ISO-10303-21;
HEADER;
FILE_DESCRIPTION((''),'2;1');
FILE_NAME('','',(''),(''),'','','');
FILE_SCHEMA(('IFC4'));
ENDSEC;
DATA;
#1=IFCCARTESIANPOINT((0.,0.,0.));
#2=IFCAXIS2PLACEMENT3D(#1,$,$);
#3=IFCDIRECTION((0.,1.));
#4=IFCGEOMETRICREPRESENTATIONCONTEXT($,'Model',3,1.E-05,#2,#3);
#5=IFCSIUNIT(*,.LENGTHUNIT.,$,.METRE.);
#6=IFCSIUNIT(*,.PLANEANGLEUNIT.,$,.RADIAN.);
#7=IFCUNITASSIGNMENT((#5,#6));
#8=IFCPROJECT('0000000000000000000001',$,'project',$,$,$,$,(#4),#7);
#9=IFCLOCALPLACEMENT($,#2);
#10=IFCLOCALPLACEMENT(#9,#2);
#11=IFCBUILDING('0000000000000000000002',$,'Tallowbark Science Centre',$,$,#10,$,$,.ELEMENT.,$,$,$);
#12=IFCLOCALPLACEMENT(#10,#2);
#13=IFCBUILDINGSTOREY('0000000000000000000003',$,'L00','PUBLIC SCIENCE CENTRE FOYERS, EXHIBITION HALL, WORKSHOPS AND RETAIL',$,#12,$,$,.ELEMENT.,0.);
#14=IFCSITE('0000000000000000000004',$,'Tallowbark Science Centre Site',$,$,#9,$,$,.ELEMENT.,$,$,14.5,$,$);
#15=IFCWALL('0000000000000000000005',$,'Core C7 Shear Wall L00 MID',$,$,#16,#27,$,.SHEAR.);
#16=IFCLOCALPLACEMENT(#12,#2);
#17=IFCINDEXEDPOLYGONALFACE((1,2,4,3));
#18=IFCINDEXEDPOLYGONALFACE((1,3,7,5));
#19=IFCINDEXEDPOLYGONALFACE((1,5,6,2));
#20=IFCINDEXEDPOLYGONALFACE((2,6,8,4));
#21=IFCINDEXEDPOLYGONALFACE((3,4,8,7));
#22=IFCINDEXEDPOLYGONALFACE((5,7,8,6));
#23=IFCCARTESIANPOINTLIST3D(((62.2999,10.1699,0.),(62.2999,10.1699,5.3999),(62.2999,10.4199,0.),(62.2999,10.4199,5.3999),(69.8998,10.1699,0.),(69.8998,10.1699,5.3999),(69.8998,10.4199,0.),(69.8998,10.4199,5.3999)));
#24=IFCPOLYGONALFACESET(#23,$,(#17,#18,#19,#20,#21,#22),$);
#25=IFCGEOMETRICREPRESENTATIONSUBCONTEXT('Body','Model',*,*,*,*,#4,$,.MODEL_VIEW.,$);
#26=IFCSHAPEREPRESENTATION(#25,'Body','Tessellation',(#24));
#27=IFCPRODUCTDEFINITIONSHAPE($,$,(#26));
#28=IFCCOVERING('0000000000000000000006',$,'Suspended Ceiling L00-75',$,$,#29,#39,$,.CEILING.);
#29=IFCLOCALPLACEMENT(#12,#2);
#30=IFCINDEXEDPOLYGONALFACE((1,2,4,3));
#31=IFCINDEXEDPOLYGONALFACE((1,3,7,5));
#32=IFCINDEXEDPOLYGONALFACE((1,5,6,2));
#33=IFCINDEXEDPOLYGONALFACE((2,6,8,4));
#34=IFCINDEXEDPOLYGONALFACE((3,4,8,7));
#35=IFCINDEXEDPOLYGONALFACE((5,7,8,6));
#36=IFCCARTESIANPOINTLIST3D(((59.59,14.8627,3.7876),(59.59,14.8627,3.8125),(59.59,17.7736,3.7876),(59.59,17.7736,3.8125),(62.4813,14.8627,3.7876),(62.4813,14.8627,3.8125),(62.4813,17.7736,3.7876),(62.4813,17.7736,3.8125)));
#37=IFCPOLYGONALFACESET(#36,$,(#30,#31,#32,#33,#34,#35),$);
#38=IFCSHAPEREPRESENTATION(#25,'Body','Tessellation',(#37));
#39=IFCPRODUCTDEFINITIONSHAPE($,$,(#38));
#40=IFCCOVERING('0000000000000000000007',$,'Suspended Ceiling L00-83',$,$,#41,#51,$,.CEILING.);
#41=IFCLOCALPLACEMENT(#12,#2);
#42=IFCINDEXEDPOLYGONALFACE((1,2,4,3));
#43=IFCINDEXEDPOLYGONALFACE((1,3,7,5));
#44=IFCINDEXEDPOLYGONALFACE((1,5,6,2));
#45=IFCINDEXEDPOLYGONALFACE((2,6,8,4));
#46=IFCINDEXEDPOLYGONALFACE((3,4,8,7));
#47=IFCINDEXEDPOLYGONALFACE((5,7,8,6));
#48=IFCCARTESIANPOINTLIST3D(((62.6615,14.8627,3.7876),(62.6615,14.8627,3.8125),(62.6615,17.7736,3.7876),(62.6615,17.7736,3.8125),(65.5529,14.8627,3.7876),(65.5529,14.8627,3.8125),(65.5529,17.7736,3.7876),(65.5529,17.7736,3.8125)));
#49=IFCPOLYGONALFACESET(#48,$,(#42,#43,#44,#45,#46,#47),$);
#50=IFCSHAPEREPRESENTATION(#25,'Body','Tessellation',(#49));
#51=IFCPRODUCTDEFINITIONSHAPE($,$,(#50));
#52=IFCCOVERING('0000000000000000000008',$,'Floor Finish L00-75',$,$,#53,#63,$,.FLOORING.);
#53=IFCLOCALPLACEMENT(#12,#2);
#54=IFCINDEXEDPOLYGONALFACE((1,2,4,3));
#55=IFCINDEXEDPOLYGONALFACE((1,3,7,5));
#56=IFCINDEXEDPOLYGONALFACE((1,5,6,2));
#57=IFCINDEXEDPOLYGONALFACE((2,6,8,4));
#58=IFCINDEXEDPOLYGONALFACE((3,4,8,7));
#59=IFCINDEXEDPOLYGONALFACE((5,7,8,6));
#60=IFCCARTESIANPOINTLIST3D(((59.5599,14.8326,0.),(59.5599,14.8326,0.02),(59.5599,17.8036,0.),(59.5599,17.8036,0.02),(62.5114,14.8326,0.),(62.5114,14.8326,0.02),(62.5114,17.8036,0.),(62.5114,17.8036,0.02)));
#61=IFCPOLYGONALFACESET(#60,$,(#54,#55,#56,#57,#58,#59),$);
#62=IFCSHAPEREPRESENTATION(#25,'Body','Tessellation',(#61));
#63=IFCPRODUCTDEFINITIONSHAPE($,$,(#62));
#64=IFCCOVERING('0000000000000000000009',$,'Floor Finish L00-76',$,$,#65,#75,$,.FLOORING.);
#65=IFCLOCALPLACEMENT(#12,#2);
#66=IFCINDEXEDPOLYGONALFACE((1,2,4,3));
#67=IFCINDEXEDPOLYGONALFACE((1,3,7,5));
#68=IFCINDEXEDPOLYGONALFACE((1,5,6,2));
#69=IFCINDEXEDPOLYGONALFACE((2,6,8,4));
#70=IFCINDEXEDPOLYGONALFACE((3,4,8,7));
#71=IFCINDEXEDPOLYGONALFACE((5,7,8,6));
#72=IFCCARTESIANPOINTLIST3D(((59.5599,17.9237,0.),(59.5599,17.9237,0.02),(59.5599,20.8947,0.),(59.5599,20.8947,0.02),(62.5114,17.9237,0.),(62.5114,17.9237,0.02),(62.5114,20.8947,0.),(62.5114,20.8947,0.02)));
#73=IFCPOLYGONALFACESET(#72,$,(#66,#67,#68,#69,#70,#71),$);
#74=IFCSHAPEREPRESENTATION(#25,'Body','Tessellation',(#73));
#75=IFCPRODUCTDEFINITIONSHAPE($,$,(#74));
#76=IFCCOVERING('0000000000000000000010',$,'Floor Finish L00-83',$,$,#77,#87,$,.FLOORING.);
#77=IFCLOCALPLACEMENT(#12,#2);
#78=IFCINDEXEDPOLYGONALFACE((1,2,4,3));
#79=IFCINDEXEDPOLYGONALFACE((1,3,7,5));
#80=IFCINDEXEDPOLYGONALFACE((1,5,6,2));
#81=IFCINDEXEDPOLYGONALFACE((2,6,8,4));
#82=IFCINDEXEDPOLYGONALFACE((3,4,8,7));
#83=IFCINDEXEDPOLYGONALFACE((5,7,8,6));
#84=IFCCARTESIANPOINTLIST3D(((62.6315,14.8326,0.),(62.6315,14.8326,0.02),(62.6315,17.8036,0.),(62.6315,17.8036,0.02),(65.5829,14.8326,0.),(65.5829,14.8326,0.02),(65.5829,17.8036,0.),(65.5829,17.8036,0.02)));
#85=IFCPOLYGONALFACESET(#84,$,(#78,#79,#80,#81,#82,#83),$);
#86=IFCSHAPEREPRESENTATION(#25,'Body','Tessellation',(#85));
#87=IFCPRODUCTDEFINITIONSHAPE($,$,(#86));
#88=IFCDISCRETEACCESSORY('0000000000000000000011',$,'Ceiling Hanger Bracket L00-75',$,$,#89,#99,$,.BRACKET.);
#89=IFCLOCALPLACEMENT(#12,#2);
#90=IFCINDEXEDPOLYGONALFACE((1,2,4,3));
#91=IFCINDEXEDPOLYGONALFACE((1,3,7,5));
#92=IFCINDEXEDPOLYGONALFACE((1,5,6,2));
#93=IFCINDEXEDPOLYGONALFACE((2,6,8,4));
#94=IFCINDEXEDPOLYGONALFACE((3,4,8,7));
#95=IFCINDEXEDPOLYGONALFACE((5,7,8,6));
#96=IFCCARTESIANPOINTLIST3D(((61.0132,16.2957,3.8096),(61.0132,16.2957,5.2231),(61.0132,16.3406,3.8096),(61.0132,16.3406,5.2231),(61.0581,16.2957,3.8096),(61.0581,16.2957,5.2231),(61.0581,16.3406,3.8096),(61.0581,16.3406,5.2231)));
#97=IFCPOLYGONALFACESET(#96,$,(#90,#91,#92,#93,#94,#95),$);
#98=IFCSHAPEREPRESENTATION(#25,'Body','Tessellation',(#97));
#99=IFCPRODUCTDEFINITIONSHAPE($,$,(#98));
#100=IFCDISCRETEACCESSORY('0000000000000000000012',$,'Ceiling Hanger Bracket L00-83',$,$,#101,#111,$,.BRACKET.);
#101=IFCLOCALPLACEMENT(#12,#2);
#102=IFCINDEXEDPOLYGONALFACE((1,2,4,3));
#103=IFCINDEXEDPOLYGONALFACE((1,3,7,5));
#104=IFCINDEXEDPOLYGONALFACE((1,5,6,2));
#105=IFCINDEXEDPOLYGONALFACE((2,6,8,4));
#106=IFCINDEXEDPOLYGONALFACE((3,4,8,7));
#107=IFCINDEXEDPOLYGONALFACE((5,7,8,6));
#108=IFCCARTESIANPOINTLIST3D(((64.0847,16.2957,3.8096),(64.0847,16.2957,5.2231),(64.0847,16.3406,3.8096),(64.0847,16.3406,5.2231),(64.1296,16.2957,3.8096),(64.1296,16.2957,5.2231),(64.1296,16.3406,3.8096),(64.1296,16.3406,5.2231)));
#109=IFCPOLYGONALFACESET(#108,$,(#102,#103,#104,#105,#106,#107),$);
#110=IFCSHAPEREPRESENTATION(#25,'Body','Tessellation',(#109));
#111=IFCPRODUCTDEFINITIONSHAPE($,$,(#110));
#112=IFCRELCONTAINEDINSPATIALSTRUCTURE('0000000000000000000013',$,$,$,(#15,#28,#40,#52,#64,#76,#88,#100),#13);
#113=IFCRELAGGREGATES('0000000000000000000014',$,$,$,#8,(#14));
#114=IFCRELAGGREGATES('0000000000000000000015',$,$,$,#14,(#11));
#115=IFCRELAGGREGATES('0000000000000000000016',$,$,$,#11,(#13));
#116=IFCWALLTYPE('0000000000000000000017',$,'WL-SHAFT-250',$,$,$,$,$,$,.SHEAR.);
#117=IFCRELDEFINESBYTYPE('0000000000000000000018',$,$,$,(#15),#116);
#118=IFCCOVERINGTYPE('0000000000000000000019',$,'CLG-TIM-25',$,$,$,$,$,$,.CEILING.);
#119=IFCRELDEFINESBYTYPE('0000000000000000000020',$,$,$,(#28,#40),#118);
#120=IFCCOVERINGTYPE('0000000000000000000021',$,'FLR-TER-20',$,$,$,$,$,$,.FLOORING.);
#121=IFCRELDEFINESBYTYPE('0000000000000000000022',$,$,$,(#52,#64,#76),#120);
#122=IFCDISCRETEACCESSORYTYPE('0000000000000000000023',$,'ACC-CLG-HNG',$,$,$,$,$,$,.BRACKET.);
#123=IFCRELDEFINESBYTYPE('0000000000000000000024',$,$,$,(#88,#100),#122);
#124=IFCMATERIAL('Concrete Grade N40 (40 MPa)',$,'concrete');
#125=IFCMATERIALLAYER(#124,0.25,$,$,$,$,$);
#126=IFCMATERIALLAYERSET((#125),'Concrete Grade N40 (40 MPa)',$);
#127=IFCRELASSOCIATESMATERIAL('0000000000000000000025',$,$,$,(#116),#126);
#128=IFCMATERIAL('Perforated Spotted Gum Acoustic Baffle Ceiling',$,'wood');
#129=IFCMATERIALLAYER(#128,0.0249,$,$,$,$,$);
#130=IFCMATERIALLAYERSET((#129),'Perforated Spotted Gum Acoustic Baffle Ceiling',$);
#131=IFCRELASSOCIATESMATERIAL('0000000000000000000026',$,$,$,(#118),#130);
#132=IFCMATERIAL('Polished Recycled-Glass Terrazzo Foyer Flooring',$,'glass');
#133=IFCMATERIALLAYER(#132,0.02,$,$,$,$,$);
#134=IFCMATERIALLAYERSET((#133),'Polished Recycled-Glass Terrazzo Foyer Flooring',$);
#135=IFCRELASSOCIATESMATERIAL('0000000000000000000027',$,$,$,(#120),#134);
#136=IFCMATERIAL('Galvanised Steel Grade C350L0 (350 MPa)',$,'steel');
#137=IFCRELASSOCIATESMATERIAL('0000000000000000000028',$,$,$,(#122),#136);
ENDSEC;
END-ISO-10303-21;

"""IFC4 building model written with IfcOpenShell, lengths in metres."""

from ifc_helpers import new_model, si_unit, direction, frame, frame_2d, origin, origin_2d, place, context, subcontext, project, spatial, rectangle, extrude, material, layer, layer_set, type_object, element, save


model = new_model("IFC4")

# Units and contexts
model_context = context("Model", 3, precision=1e-05, world=origin(), true_north=direction((0.0, 1.0)))
body_context = subcontext(model_context, "Body", "Model", "MODEL_VIEW")
ifc_project = project(units=[si_unit("LENGTHUNIT", "METRE"), si_unit("PLANEANGLEUNIT", "RADIAN")], contexts=[model_context])

# Site, building, storey
site_placement = place(None, origin())
site = spatial("IfcSite", under=ifc_project, at=site_placement, Name="Tallowbark Science Centre Site", CompositionType="ELEMENT", RefElevation=14.5)
building_placement = place(site_placement, origin())
building = spatial("IfcBuilding", under=site, at=building_placement, Name="Tallowbark Science Centre", CompositionType="ELEMENT")
storey_placement = place(building_placement, origin())
storey = spatial("IfcBuildingStorey", under=building, at=storey_placement, Name="L00", Description="PUBLIC SCIENCE CENTRE FOYERS, EXHIBITION HALL, WORKSHOPS AND RETAIL", CompositionType="ELEMENT", Elevation=0.0)

# Wall
ifc_material_1 = material(Name="Concrete Grade N40 (40 MPa)", Category="concrete")
ifc_layer_1 = layer(ifc_material_1, 0.25)
ifc_layer_set_1 = layer_set([ifc_layer_1], Name="Concrete Grade N40 (40 MPa)")
wall_type_1 = type_object("IfcWallType", Name="WL-SHAFT-250", PredefinedType="SHEAR", material=ifc_layer_set_1)
wall_1_placement = place(storey_placement, frame((62.3, 10.2949, 0.0), z_axis=(0.0, 0.0, 1.0), x_axis=(1.0, 0.0, 0.0)))
element("IfcWall", 1, at=wall_1_placement, inside=storey, type_object=wall_type_1, Name="Core C7 Shear Wall L00 MID", PredefinedType="SHEAR", context=body_context, shape_type="SweptSolid", body=[
    extrude(rectangle(XDim=7.5999, YDim=0.25, at=frame_2d((3.7998, 0.0))), origin(), (0.0, 0.0, 1.0), 5.3999),
])

# Coverings
ifc_material_2 = material(Name="Perforated Spotted Gum Acoustic Baffle Ceiling", Category="wood")
ifc_layer_2 = layer(ifc_material_2, 0.0249)
ifc_layer_set_2 = layer_set([ifc_layer_2], Name="Perforated Spotted Gum Acoustic Baffle Ceiling")
covering_type_1 = type_object("IfcCoveringType", Name="CLG-TIM-25", PredefinedType="CEILING", material=ifc_layer_set_2)
for number, where, z_axis, x_axis, name in (
    (2, (61.0356, 16.3181, 3.7876), (0.0, 0.0, 1.0), (1.0, 0.0, 0.0), "Suspended Ceiling L00-75"),
    (3, (64.1072, 16.3181, 3.7876), (0.0, 0.0, 1.0), (1.0, 0.0, 0.0), "Suspended Ceiling L00-83"),
):
    element("IfcCovering", number, at=place(storey_placement, frame(where, z_axis=z_axis, x_axis=x_axis)), inside=storey, type_object=covering_type_1, Name=name, PredefinedType="CEILING", context=body_context, shape_type="SweptSolid", body=[
        extrude(rectangle(XDim=2.8914, YDim=2.9109, at=origin_2d()), origin(), (0.0, 0.0, 1.0), 0.0249),
    ])
ifc_material_3 = material(Name="Polished Recycled-Glass Terrazzo Foyer Flooring", Category="glass")
ifc_layer_3 = layer(ifc_material_3, 0.02)
ifc_layer_set_3 = layer_set([ifc_layer_3], Name="Polished Recycled-Glass Terrazzo Foyer Flooring")
covering_type_2 = type_object("IfcCoveringType", Name="FLR-TER-20", PredefinedType="FLOORING", material=ifc_layer_set_3)
for number, where, z_axis, x_axis, name in (
    (4, (61.0356, 16.3181, 0.0), (0.0, 0.0, 1.0), (1.0, 0.0, 0.0), "Floor Finish L00-75"),
    (5, (61.0356, 19.4092, 0.0), (0.0, 0.0, 1.0), (1.0, 0.0, 0.0), "Floor Finish L00-76"),
    (6, (64.1072, 16.3181, 0.0), (0.0, 0.0, 1.0), (1.0, 0.0, 0.0), "Floor Finish L00-83"),
):
    element("IfcCovering", number, at=place(storey_placement, frame(where, z_axis=z_axis, x_axis=x_axis)), inside=storey, type_object=covering_type_2, Name=name, PredefinedType="FLOORING", context=body_context, shape_type="SweptSolid", body=[
        extrude(rectangle(XDim=2.9514, YDim=2.9709, at=origin_2d()), origin(), (0.0, 0.0, 1.0), 0.02),
    ])

# Discrete accessories
ifc_material_4 = material(Name="Galvanised Steel Grade C350L0 (350 MPa)", Category="steel")
discrete_accessory_type = type_object("IfcDiscreteAccessoryType", Name="ACC-CLG-HNG", PredefinedType="BRACKET", material=ifc_material_4)
for number, where, z_axis, x_axis, name in (
    (7, (61.0356, 16.3181, 3.8096), (0.0, 0.0, 1.0), (1.0, 0.0, 0.0), "Ceiling Hanger Bracket L00-75"),
    (8, (64.1072, 16.3181, 3.8096), (0.0, 0.0, 1.0), (1.0, 0.0, 0.0), "Ceiling Hanger Bracket L00-83"),
):
    element("IfcDiscreteAccessory", number, at=place(storey_placement, frame(where, z_axis=z_axis, x_axis=x_axis)), inside=storey, type_object=discrete_accessory_type, Name=name, PredefinedType="BRACKET", context=body_context, shape_type="SweptSolid", body=[
        extrude(rectangle(XDim=0.0449, YDim=0.0449, at=origin_2d()), origin(), (0.0, 0.0, 1.0), 1.4136),
    ])

save(model, "model.ifc")
